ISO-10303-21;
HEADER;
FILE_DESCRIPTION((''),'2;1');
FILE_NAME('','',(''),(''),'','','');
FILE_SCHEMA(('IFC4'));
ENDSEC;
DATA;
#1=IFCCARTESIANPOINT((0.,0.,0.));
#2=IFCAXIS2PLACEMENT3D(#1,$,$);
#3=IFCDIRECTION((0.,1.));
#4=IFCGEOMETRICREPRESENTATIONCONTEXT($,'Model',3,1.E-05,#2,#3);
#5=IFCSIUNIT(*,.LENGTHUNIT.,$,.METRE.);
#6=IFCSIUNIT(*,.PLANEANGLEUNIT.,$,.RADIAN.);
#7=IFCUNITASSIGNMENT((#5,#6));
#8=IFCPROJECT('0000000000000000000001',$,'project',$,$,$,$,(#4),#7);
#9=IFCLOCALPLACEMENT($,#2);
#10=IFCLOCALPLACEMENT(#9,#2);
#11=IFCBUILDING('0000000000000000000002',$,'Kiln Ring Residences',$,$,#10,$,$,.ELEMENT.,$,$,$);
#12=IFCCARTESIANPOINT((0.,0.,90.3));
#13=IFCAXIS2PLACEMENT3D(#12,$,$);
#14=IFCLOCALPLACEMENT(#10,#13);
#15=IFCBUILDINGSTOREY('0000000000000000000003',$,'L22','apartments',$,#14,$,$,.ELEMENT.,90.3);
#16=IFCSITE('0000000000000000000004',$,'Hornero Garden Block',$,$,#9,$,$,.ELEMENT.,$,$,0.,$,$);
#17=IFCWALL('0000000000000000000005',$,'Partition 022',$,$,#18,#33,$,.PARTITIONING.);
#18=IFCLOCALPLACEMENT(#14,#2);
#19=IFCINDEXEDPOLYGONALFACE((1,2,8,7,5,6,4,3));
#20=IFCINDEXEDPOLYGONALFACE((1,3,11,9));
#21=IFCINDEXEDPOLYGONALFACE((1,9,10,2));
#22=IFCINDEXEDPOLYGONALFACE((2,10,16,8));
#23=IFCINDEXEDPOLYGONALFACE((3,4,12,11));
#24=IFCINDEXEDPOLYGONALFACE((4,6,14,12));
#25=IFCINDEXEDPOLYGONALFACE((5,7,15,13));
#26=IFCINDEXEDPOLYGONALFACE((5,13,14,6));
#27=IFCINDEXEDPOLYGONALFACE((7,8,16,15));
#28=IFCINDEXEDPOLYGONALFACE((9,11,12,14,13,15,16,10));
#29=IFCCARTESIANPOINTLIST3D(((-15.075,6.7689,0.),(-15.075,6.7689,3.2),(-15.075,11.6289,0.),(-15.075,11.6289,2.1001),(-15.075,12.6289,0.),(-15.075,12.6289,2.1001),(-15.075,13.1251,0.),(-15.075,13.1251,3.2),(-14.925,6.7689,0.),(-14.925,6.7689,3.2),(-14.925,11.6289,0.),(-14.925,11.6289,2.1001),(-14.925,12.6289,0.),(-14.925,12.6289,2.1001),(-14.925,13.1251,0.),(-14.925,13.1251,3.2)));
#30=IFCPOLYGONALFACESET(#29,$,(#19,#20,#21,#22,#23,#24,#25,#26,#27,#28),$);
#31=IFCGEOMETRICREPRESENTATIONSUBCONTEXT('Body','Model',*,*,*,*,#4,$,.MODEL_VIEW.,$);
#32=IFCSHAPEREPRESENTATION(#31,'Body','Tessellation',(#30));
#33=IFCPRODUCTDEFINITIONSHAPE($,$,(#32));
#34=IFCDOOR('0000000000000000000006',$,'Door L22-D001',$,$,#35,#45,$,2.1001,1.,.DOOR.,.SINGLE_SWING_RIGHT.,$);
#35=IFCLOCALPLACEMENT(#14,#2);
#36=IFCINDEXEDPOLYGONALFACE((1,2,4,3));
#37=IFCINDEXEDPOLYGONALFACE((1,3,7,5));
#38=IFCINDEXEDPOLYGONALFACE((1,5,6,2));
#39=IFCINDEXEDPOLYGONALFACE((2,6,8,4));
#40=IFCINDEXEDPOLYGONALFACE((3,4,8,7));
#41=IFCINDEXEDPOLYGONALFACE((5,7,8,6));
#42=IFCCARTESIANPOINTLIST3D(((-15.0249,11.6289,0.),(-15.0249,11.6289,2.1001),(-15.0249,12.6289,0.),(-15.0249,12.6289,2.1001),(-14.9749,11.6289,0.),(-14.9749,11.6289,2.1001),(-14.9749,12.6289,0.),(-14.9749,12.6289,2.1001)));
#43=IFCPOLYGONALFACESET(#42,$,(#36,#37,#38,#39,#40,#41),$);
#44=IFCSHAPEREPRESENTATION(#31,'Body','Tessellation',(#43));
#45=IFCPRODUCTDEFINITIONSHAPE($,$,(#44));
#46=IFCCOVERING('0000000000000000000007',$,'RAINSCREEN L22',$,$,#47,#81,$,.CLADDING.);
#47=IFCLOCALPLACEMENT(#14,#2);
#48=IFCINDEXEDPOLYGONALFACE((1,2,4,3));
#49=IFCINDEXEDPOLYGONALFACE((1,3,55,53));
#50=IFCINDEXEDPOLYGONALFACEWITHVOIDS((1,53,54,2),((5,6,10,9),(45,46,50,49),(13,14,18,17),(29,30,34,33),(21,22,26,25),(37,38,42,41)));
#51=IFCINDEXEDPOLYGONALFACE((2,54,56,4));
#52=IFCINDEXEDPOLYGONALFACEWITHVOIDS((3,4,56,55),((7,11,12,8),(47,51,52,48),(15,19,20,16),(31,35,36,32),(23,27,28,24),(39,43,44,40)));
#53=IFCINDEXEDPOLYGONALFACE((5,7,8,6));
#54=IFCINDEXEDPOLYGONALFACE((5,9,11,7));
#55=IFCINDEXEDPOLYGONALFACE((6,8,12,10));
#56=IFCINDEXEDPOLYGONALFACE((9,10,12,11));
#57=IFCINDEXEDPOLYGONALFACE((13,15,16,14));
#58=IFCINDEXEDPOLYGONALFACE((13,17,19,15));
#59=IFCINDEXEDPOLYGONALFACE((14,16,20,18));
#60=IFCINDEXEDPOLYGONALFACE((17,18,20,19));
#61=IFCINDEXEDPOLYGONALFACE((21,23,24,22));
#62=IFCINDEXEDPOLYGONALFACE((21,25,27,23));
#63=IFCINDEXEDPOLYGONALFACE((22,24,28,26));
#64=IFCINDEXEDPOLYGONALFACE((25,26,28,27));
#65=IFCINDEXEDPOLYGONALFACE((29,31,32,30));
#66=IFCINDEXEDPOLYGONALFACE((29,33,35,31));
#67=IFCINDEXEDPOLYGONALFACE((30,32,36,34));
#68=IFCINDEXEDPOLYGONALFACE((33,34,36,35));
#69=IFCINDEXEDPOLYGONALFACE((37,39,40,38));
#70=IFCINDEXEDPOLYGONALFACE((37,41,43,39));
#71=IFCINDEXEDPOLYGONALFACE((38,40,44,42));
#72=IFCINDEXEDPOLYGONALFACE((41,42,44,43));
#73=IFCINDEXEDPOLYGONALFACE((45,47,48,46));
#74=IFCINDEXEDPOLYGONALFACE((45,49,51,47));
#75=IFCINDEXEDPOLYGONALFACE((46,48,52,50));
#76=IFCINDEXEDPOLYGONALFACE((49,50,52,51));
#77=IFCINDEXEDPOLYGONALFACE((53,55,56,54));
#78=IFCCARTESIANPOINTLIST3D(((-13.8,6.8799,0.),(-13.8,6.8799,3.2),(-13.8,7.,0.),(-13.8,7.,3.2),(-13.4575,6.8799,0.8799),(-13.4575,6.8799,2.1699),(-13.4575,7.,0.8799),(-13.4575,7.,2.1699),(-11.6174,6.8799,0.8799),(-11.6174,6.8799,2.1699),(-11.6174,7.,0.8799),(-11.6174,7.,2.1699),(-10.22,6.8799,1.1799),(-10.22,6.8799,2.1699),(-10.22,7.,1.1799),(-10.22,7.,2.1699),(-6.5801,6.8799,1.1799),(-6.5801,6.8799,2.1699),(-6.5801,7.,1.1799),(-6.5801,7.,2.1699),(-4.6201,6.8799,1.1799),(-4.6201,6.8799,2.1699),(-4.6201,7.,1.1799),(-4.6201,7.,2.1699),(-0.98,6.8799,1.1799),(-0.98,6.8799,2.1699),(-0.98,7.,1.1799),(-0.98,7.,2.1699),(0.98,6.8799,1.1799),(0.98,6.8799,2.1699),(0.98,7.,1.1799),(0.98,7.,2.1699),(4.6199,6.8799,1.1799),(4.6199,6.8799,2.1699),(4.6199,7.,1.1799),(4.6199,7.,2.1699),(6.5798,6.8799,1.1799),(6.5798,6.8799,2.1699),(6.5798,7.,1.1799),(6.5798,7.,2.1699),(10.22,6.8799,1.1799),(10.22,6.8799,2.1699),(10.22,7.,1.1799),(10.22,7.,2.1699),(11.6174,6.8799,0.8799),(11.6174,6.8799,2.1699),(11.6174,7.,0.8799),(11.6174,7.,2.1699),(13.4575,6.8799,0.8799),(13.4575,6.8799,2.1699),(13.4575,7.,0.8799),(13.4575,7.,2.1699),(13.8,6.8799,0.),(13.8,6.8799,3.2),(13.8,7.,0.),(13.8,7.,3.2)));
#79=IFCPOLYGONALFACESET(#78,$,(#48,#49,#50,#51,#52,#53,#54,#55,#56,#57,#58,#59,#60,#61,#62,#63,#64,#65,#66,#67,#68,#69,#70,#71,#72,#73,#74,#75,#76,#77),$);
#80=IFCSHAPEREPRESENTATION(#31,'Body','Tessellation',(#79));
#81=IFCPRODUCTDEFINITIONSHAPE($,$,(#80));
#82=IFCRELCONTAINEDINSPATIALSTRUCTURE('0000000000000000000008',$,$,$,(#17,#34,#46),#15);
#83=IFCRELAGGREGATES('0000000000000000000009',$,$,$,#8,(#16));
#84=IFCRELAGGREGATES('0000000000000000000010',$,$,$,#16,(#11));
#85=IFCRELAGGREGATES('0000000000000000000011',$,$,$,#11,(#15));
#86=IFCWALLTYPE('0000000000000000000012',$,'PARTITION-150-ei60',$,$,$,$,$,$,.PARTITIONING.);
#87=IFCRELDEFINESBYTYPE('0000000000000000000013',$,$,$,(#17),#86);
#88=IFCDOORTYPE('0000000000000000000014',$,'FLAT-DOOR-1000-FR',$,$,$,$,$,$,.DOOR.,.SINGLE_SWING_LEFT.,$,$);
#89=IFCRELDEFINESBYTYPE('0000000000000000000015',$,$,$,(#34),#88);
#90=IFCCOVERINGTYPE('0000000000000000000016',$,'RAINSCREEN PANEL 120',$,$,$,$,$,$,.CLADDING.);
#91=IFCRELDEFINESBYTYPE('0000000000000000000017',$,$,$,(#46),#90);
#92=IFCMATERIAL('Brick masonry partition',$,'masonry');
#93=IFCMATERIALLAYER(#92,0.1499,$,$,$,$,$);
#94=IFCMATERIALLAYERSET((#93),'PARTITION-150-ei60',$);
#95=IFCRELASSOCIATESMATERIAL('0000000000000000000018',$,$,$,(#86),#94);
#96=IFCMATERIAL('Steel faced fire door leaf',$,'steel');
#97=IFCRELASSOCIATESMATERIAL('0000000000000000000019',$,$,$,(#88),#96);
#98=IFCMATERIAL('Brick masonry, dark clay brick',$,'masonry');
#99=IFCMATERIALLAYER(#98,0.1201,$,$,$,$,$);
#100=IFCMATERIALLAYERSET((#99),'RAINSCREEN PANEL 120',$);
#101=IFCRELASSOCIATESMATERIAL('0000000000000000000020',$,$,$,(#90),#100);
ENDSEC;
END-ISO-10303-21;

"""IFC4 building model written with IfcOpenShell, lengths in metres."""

from ifc_helpers import new_model, si_unit, direction, frame, frame_2d, origin, place, context, subcontext, project, spatial, polyline, rectangle, outline, extrude, material, layer, layer_set, type_object, element, fill, save


model = new_model("IFC4")

# Units and contexts
model_context = context("Model", 3, precision=1e-05, world=origin(), true_north=direction((0.0, 1.0)))
body_context = subcontext(model_context, "Body", "Model", "MODEL_VIEW")
ifc_project = project(units=[si_unit("LENGTHUNIT", "METRE"), si_unit("PLANEANGLEUNIT", "RADIAN")], contexts=[model_context])

# Site, building, storey
site_placement = place(None, origin())
site = spatial("IfcSite", under=ifc_project, at=site_placement, Name="Hornero Garden Block", CompositionType="ELEMENT", RefElevation=0.0)
building_placement = place(site_placement, origin())
building = spatial("IfcBuilding", under=site, at=building_placement, Name="Kiln Ring Residences", CompositionType="ELEMENT")
storey_placement = place(building_placement, frame((0.0, 0.0, 90.3)))
storey = spatial("IfcBuildingStorey", under=building, at=storey_placement, Name="L22", Description="apartments", CompositionType="ELEMENT", Elevation=90.3)

# Wall, opening, door
ifc_material_1 = material(Name="Brick masonry partition", Category="masonry")
ifc_layer_1 = layer(ifc_material_1, 0.1499)
ifc_layer_set_1 = layer_set([ifc_layer_1], Name="PARTITION-150-ei60")
wall_type_1 = type_object("IfcWallType", Name="PARTITION-150-ei60", PredefinedType="PARTITIONING", material=ifc_layer_set_1)
wall_1_placement = place(storey_placement, frame((-15.0, 6.7688, 0.0), z_axis=(0.0, 0.0, 1.0), x_axis=(0.0, 1.0, 0.0)))
wall_1 = element("IfcWall", 1, at=wall_1_placement, inside=storey, type_object=wall_type_1, Name="Partition 022", PredefinedType="PARTITIONING", context=body_context, shape_type="SweptSolid", body=[
    extrude(rectangle(XDim=6.3562, YDim=0.1499, at=frame_2d((3.1782, 0.0))), origin(), (0.0, 0.0, 1.0), 3.2),
])
opening_1_placement = place(wall_1_placement, frame((4.8601, 0.0, 0.0)))
opening_1 = element("IfcOpeningElement", 2, at=opening_1_placement, cuts=wall_1, PredefinedType="OPENING", context=body_context, shape_type="SweptSolid", body=[
    extrude(rectangle(XDim=1.0, YDim=2.1001, at=frame_2d((0.5, 1.05))), frame((0.0, 0.085, 0.0), z_axis=(0.0, -1.0, 0.0), x_axis=(1.0, 0.0, 0.0)), (0.0, 0.0, 1.0), 0.1699),
])
ifc_material_2 = material(Name="Steel faced fire door leaf", Category="steel")
door_type = type_object("IfcDoorType", Name="FLAT-DOOR-1000-FR", OperationType="SINGLE_SWING_LEFT", PredefinedType="DOOR", material=ifc_material_2)
door_placement = place(opening_1_placement, origin())
door = element("IfcDoor", 3, at=door_placement, inside=storey, type_object=door_type, Name="Door L22-D001", OperationType="SINGLE_SWING_RIGHT", OverallHeight=2.1001, OverallWidth=1.0, PredefinedType="DOOR", context=body_context, shape_type="SweptSolid", body=[
    extrude(rectangle(XDim=1.0, YDim=2.1001, at=frame_2d((0.5, 1.05))), frame((0.0, 0.0249, 0.0), z_axis=(0.0, -1.0, 0.0), x_axis=(1.0, 0.0, 0.0)), (0.0, 0.0, 1.0), 0.05),
])
fill(opening_1, door)

# Covering
ifc_material_3 = material(Name="Brick masonry, dark clay brick", Category="masonry")
ifc_layer_2 = layer(ifc_material_3, 0.1201)
ifc_layer_set_2 = layer_set([ifc_layer_2], Name="RAINSCREEN PANEL 120")
covering_type = type_object("IfcCoveringType", Name="RAINSCREEN PANEL 120", PredefinedType="CLADDING", material=ifc_layer_set_2)
covering_placement = place(storey_placement, frame((-13.8, 6.9399, 0.0), z_axis=(0.0, 0.0, 1.0), x_axis=(1.0, 0.0, 0.0)))
element("IfcCovering", 4, at=covering_placement, inside=storey, type_object=covering_type, Name="RAINSCREEN L22", PredefinedType="CLADDING", context=body_context, shape_type="SweptSolid", body=[
    extrude(outline(polyline([(0.0, 0.0), (27.6001, 0.0), (27.6001, 3.2), (0.0, 3.2), (0.0, 0.0)]), holes=[polyline([(2.1826, 0.8799), (2.1826, 2.1699), (0.3425, 2.1699), (0.3425, 0.8799), (2.1826, 0.8799)]), polyline([(25.4175, 0.8799), (27.2576, 0.8799), (27.2576, 2.1699), (25.4175, 2.1699), (25.4175, 0.8799)]), polyline([(3.5801, 1.1799), (7.22, 1.1799), (7.22, 2.1699), (3.5801, 2.1699), (3.5801, 1.1799)]), polyline([(12.8201, 1.1799), (12.8201, 2.1699), (9.1799, 2.1699), (9.1799, 1.1799), (12.8201, 1.1799)]), polyline([(14.78, 1.1799), (18.4199, 1.1799), (18.4199, 2.1699), (14.78, 2.1699), (14.78, 1.1799)]), polyline([(20.3799, 1.1799), (24.02, 1.1799), (24.02, 2.1699), (20.3799, 2.1699), (20.3799, 1.1799)])]), frame((0.0, 0.0601, 0.0), z_axis=(0.0, -1.0, 0.0), x_axis=(1.0, 0.0, 0.0)), (0.0, 0.0, 1.0), 0.1201),
])

save(model, "model.ifc")
